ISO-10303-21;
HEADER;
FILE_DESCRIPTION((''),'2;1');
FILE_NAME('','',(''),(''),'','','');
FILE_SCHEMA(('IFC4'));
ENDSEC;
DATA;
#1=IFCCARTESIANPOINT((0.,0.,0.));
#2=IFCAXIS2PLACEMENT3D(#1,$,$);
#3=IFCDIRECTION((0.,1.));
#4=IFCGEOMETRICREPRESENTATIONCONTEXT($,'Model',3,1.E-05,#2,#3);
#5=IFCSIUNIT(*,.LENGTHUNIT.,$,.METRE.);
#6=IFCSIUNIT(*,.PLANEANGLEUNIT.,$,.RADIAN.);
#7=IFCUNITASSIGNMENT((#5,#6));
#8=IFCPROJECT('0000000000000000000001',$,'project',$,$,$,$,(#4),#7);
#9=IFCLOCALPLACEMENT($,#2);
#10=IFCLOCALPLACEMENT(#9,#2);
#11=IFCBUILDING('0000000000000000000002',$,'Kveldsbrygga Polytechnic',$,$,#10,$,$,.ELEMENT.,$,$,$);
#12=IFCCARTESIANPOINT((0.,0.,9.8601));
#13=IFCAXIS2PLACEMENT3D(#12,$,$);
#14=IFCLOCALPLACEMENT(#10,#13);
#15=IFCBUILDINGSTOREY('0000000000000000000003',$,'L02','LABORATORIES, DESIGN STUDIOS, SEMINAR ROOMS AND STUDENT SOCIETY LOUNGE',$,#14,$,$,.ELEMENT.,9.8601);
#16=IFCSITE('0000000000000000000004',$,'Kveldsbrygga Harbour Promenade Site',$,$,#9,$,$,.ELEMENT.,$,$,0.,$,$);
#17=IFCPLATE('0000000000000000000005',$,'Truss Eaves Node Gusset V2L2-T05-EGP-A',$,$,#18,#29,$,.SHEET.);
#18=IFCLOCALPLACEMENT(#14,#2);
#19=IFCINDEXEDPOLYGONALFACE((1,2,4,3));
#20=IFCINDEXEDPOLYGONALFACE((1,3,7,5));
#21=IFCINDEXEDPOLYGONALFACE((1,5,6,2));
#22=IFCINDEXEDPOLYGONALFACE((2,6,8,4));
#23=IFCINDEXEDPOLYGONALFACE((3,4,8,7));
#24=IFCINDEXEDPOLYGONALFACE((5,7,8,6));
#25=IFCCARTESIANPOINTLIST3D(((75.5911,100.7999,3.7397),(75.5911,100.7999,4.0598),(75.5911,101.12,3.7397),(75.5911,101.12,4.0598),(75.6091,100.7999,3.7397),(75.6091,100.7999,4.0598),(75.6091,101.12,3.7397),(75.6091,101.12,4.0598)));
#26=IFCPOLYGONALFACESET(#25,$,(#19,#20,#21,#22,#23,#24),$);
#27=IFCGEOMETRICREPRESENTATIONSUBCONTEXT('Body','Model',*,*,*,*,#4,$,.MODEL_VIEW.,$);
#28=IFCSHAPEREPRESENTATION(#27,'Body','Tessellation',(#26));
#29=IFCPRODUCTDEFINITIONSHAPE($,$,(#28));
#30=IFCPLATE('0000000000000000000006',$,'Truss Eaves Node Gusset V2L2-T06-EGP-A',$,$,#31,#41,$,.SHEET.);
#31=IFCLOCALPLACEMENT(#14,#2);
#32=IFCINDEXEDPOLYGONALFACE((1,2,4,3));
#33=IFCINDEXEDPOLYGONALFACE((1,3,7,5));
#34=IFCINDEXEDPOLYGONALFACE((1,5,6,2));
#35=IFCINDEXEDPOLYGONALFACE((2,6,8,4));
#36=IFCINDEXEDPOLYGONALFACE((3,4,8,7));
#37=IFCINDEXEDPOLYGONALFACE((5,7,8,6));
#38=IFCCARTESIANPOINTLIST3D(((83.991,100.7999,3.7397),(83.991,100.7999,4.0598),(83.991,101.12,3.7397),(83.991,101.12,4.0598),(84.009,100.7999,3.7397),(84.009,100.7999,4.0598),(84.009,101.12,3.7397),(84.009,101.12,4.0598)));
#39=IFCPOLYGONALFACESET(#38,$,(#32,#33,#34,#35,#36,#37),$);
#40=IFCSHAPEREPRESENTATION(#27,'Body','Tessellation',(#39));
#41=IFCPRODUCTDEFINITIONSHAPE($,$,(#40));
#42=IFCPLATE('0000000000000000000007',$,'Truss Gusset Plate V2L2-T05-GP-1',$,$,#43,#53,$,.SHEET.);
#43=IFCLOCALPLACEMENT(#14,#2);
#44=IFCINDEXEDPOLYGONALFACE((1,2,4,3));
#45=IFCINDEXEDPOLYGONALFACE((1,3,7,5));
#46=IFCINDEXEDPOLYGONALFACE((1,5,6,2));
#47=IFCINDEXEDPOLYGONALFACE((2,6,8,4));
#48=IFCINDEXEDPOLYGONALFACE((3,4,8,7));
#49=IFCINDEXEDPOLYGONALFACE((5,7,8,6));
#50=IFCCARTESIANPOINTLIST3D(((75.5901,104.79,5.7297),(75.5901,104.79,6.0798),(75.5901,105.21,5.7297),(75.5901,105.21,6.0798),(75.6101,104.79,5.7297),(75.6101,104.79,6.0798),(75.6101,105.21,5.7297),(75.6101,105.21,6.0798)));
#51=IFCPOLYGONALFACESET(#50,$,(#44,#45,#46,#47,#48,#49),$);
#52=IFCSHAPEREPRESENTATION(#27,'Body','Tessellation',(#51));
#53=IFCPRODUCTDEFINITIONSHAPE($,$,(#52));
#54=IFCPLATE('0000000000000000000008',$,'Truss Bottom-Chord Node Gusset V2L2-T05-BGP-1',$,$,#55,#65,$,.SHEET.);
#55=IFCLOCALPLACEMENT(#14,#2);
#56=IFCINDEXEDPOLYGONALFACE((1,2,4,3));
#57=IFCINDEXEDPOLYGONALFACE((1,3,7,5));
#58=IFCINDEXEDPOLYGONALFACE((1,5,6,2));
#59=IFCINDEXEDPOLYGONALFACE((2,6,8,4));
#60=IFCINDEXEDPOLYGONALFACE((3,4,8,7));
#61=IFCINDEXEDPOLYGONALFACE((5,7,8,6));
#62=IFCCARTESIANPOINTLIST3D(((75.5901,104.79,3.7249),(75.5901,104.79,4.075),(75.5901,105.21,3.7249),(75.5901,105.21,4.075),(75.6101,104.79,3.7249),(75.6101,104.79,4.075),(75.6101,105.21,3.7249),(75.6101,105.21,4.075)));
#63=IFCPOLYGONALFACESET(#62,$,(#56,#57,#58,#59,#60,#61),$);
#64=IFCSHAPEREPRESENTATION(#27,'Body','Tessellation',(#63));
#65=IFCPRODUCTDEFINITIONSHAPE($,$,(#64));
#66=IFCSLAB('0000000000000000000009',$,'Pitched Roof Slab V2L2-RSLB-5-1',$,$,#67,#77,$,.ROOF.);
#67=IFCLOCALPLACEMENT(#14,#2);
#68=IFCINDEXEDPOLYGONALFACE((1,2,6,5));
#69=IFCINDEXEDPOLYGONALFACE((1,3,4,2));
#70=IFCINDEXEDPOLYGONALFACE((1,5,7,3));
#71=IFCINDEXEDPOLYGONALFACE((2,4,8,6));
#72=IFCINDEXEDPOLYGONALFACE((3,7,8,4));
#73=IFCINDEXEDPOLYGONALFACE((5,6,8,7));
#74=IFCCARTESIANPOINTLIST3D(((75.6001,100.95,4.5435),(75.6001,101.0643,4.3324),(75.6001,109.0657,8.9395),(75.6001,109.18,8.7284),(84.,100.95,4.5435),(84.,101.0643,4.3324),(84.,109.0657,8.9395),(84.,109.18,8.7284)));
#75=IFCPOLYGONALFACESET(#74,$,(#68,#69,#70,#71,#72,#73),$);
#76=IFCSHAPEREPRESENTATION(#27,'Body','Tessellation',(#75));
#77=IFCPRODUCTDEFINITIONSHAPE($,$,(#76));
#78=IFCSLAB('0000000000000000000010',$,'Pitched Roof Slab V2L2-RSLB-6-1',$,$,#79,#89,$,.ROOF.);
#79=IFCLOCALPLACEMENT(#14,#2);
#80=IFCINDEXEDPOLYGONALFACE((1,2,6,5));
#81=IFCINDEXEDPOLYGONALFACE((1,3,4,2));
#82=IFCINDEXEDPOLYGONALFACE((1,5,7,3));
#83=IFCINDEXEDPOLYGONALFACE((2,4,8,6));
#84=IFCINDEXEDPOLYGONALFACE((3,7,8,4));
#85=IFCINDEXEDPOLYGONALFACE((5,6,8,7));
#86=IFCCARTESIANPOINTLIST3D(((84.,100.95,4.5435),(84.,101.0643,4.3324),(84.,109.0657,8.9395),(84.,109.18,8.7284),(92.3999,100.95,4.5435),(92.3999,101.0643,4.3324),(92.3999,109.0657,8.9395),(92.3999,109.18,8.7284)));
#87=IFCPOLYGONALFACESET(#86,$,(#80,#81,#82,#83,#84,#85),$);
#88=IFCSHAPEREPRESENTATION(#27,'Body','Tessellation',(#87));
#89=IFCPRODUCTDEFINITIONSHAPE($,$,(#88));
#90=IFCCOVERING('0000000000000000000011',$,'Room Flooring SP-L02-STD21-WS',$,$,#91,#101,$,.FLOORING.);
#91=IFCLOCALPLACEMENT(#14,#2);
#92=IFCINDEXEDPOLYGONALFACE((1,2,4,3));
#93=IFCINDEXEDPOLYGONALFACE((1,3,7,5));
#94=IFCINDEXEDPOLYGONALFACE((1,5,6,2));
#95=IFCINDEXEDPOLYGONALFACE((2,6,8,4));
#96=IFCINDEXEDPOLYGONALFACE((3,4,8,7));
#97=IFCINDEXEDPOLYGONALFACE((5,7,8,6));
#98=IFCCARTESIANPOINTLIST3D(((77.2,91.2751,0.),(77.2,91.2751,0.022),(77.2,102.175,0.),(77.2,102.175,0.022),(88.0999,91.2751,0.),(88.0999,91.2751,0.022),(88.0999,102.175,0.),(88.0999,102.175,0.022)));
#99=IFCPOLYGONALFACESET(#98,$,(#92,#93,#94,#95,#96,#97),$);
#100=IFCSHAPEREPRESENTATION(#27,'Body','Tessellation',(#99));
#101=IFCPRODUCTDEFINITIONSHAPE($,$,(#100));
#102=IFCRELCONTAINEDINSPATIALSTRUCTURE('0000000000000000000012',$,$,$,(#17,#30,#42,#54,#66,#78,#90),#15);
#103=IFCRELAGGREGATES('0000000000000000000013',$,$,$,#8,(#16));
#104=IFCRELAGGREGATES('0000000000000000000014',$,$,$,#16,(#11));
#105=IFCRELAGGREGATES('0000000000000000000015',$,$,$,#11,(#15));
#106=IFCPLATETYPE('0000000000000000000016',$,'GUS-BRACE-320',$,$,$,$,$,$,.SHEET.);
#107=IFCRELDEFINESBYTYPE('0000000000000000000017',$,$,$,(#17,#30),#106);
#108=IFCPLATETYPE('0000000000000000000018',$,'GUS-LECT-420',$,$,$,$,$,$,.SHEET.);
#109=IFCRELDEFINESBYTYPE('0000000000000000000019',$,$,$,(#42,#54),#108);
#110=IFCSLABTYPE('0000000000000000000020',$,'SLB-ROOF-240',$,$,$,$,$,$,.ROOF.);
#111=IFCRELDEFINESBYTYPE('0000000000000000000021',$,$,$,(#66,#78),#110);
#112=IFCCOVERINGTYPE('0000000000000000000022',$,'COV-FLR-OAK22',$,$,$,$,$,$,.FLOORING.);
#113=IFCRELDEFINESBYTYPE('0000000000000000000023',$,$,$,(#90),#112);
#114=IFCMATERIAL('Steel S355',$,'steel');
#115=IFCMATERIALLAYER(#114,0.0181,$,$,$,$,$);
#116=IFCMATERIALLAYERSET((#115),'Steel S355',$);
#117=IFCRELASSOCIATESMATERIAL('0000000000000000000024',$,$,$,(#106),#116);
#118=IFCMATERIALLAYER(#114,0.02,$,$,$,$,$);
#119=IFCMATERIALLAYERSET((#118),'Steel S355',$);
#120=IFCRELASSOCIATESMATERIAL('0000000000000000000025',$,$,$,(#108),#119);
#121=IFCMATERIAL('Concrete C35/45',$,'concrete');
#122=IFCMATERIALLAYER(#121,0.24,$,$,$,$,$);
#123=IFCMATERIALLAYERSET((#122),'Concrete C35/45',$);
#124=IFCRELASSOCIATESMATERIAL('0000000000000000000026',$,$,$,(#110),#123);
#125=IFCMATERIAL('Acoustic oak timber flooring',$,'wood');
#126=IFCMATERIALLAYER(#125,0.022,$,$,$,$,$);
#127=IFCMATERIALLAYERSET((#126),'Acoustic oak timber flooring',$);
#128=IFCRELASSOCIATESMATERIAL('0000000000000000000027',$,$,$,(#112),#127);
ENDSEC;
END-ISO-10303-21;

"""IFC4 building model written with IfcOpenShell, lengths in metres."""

from ifc_helpers import new_model, si_unit, direction, frame, origin, origin_2d, place, context, subcontext, project, spatial, polyline, rectangle, outline, extrude, material, layer, layer_set, type_object, element, save


model = new_model("IFC4")

# Units and contexts
model_context = context("Model", 3, precision=1e-05, world=origin(), true_north=direction((0.0, 1.0)))
body_context = subcontext(model_context, "Body", "Model", "MODEL_VIEW")
ifc_project = project(units=[si_unit("LENGTHUNIT", "METRE"), si_unit("PLANEANGLEUNIT", "RADIAN")], contexts=[model_context])

# Site, building, storey
site_placement = place(None, origin())
site = spatial("IfcSite", under=ifc_project, at=site_placement, Name="Kveldsbrygga Harbour Promenade Site", CompositionType="ELEMENT", RefElevation=0.0)
building_placement = place(site_placement, origin())
building = spatial("IfcBuilding", under=site, at=building_placement, Name="Kveldsbrygga Polytechnic", CompositionType="ELEMENT")
storey_placement = place(building_placement, frame((0.0, 0.0, 9.8601)))
storey = spatial("IfcBuildingStorey", under=building, at=storey_placement, Name="L02", Description="LABORATORIES, DESIGN STUDIOS, SEMINAR ROOMS AND STUDENT SOCIETY LOUNGE", CompositionType="ELEMENT", Elevation=9.8601)

# Shared definitions
ifc_material_1 = material(Name="Steel S355", Category="steel")

# Plates
ifc_layer_1 = layer(ifc_material_1, 0.0181)
ifc_layer_set_1 = layer_set([ifc_layer_1], Name="Steel S355")
plate_type_1 = type_object("IfcPlateType", Name="GUS-BRACE-320", PredefinedType="SHEET", material=ifc_layer_set_1)
for number, where, z_axis, x_axis, name in (
    (1, (75.6001, 100.96, 3.7397), (0.0, 0.0, 1.0), (1.0, 0.0, 0.0), "Truss Eaves Node Gusset V2L2-T05-EGP-A"),
    (2, (84.0, 100.96, 3.7397), (0.0, 0.0, 1.0), (1.0, 0.0, 0.0), "Truss Eaves Node Gusset V2L2-T06-EGP-A"),
):
    element("IfcPlate", number, at=place(storey_placement, frame(where, z_axis=z_axis, x_axis=x_axis)), inside=storey, type_object=plate_type_1, Name=name, PredefinedType="SHEET", context=body_context, shape_type="SweptSolid", body=[
        extrude(rectangle(XDim=0.0181, YDim=0.3201, at=origin_2d()), origin(), (0.0, 0.0, 1.0), 0.3201),
    ])
ifc_layer_2 = layer(ifc_material_1, 0.02)
ifc_layer_set_2 = layer_set([ifc_layer_2], Name="Steel S355")
plate_type_2 = type_object("IfcPlateType", Name="GUS-LECT-420", PredefinedType="SHEET", material=ifc_layer_set_2)
for number, where, z_axis, x_axis, name in (
    (3, (75.6001, 105.0, 5.7297), (0.0, 0.0, 1.0), (1.0, 0.0, 0.0), "Truss Gusset Plate V2L2-T05-GP-1"),
    (4, (75.6001, 105.0, 3.7249), (0.0, 0.0, 1.0), (1.0, 0.0, 0.0), "Truss Bottom-Chord Node Gusset V2L2-T05-BGP-1"),
):
    element("IfcPlate", number, at=place(storey_placement, frame(where, z_axis=z_axis, x_axis=x_axis)), inside=storey, type_object=plate_type_2, Name=name, PredefinedType="SHEET", context=body_context, shape_type="SweptSolid", body=[
        extrude(rectangle(XDim=0.02, YDim=0.4199, at=origin_2d()), origin(), (0.0, 0.0, 1.0), 0.3501),
    ])

# Slabs
ifc_material_2 = material(Name="Concrete C35/45", Category="concrete")
ifc_layer_3 = layer(ifc_material_2, 0.24)
ifc_layer_set_3 = layer_set([ifc_layer_3], Name="Concrete C35/45")
slab_type = type_object("IfcSlabType", Name="SLB-ROOF-240", PredefinedType="ROOF", material=ifc_layer_set_3)
for number, where, z_axis, x_axis, name in (
    (5, (75.6001, 100.95, 4.5435), (0.0, -0.476281, 0.879293), (1.0, 0.0, 0.0), "Pitched Roof Slab V2L2-RSLB-5-1"),
    (6, (84.0, 100.95, 4.5435), (0.0, -0.476281, 0.879293), (1.0, 0.0, 0.0), "Pitched Roof Slab V2L2-RSLB-6-1"),
):
    element("IfcSlab", number, at=place(storey_placement, frame(where, z_axis=z_axis, x_axis=x_axis)), inside=storey, type_object=slab_type, Name=name, PredefinedType="ROOF", context=body_context, shape_type="SweptSolid", body=[
        extrude(outline(polyline([(0.0, 0.0), (8.3999, 0.0), (8.3999, 9.2298), (0.0, 9.2298), (0.0, 0.0)])), origin(), (0.0, 0.0, -1.0), 0.24),
    ])

# Covering
ifc_material_3 = material(Name="Acoustic oak timber flooring", Category="wood")
ifc_layer_4 = layer(ifc_material_3, 0.022)
ifc_layer_set_4 = layer_set([ifc_layer_4], Name="Acoustic oak timber flooring")
covering_type = type_object("IfcCoveringType", Name="COV-FLR-OAK22", PredefinedType="FLOORING", material=ifc_layer_set_4)
covering_placement = place(storey_placement, frame((82.6499, 96.7251, 0.0), z_axis=(0.0, 0.0, 1.0), x_axis=(1.0, 0.0, 0.0)))
element("IfcCovering", 7, at=covering_placement, inside=storey, type_object=covering_type, Name="Room Flooring SP-L02-STD21-WS", PredefinedType="FLOORING", context=body_context, shape_type="SweptSolid", body=[
    extrude(rectangle(XDim=10.8999, YDim=10.8999, at=origin_2d()), origin(), (0.0, 0.0, 1.0), 0.022),
])

save(model, "model.ifc")
